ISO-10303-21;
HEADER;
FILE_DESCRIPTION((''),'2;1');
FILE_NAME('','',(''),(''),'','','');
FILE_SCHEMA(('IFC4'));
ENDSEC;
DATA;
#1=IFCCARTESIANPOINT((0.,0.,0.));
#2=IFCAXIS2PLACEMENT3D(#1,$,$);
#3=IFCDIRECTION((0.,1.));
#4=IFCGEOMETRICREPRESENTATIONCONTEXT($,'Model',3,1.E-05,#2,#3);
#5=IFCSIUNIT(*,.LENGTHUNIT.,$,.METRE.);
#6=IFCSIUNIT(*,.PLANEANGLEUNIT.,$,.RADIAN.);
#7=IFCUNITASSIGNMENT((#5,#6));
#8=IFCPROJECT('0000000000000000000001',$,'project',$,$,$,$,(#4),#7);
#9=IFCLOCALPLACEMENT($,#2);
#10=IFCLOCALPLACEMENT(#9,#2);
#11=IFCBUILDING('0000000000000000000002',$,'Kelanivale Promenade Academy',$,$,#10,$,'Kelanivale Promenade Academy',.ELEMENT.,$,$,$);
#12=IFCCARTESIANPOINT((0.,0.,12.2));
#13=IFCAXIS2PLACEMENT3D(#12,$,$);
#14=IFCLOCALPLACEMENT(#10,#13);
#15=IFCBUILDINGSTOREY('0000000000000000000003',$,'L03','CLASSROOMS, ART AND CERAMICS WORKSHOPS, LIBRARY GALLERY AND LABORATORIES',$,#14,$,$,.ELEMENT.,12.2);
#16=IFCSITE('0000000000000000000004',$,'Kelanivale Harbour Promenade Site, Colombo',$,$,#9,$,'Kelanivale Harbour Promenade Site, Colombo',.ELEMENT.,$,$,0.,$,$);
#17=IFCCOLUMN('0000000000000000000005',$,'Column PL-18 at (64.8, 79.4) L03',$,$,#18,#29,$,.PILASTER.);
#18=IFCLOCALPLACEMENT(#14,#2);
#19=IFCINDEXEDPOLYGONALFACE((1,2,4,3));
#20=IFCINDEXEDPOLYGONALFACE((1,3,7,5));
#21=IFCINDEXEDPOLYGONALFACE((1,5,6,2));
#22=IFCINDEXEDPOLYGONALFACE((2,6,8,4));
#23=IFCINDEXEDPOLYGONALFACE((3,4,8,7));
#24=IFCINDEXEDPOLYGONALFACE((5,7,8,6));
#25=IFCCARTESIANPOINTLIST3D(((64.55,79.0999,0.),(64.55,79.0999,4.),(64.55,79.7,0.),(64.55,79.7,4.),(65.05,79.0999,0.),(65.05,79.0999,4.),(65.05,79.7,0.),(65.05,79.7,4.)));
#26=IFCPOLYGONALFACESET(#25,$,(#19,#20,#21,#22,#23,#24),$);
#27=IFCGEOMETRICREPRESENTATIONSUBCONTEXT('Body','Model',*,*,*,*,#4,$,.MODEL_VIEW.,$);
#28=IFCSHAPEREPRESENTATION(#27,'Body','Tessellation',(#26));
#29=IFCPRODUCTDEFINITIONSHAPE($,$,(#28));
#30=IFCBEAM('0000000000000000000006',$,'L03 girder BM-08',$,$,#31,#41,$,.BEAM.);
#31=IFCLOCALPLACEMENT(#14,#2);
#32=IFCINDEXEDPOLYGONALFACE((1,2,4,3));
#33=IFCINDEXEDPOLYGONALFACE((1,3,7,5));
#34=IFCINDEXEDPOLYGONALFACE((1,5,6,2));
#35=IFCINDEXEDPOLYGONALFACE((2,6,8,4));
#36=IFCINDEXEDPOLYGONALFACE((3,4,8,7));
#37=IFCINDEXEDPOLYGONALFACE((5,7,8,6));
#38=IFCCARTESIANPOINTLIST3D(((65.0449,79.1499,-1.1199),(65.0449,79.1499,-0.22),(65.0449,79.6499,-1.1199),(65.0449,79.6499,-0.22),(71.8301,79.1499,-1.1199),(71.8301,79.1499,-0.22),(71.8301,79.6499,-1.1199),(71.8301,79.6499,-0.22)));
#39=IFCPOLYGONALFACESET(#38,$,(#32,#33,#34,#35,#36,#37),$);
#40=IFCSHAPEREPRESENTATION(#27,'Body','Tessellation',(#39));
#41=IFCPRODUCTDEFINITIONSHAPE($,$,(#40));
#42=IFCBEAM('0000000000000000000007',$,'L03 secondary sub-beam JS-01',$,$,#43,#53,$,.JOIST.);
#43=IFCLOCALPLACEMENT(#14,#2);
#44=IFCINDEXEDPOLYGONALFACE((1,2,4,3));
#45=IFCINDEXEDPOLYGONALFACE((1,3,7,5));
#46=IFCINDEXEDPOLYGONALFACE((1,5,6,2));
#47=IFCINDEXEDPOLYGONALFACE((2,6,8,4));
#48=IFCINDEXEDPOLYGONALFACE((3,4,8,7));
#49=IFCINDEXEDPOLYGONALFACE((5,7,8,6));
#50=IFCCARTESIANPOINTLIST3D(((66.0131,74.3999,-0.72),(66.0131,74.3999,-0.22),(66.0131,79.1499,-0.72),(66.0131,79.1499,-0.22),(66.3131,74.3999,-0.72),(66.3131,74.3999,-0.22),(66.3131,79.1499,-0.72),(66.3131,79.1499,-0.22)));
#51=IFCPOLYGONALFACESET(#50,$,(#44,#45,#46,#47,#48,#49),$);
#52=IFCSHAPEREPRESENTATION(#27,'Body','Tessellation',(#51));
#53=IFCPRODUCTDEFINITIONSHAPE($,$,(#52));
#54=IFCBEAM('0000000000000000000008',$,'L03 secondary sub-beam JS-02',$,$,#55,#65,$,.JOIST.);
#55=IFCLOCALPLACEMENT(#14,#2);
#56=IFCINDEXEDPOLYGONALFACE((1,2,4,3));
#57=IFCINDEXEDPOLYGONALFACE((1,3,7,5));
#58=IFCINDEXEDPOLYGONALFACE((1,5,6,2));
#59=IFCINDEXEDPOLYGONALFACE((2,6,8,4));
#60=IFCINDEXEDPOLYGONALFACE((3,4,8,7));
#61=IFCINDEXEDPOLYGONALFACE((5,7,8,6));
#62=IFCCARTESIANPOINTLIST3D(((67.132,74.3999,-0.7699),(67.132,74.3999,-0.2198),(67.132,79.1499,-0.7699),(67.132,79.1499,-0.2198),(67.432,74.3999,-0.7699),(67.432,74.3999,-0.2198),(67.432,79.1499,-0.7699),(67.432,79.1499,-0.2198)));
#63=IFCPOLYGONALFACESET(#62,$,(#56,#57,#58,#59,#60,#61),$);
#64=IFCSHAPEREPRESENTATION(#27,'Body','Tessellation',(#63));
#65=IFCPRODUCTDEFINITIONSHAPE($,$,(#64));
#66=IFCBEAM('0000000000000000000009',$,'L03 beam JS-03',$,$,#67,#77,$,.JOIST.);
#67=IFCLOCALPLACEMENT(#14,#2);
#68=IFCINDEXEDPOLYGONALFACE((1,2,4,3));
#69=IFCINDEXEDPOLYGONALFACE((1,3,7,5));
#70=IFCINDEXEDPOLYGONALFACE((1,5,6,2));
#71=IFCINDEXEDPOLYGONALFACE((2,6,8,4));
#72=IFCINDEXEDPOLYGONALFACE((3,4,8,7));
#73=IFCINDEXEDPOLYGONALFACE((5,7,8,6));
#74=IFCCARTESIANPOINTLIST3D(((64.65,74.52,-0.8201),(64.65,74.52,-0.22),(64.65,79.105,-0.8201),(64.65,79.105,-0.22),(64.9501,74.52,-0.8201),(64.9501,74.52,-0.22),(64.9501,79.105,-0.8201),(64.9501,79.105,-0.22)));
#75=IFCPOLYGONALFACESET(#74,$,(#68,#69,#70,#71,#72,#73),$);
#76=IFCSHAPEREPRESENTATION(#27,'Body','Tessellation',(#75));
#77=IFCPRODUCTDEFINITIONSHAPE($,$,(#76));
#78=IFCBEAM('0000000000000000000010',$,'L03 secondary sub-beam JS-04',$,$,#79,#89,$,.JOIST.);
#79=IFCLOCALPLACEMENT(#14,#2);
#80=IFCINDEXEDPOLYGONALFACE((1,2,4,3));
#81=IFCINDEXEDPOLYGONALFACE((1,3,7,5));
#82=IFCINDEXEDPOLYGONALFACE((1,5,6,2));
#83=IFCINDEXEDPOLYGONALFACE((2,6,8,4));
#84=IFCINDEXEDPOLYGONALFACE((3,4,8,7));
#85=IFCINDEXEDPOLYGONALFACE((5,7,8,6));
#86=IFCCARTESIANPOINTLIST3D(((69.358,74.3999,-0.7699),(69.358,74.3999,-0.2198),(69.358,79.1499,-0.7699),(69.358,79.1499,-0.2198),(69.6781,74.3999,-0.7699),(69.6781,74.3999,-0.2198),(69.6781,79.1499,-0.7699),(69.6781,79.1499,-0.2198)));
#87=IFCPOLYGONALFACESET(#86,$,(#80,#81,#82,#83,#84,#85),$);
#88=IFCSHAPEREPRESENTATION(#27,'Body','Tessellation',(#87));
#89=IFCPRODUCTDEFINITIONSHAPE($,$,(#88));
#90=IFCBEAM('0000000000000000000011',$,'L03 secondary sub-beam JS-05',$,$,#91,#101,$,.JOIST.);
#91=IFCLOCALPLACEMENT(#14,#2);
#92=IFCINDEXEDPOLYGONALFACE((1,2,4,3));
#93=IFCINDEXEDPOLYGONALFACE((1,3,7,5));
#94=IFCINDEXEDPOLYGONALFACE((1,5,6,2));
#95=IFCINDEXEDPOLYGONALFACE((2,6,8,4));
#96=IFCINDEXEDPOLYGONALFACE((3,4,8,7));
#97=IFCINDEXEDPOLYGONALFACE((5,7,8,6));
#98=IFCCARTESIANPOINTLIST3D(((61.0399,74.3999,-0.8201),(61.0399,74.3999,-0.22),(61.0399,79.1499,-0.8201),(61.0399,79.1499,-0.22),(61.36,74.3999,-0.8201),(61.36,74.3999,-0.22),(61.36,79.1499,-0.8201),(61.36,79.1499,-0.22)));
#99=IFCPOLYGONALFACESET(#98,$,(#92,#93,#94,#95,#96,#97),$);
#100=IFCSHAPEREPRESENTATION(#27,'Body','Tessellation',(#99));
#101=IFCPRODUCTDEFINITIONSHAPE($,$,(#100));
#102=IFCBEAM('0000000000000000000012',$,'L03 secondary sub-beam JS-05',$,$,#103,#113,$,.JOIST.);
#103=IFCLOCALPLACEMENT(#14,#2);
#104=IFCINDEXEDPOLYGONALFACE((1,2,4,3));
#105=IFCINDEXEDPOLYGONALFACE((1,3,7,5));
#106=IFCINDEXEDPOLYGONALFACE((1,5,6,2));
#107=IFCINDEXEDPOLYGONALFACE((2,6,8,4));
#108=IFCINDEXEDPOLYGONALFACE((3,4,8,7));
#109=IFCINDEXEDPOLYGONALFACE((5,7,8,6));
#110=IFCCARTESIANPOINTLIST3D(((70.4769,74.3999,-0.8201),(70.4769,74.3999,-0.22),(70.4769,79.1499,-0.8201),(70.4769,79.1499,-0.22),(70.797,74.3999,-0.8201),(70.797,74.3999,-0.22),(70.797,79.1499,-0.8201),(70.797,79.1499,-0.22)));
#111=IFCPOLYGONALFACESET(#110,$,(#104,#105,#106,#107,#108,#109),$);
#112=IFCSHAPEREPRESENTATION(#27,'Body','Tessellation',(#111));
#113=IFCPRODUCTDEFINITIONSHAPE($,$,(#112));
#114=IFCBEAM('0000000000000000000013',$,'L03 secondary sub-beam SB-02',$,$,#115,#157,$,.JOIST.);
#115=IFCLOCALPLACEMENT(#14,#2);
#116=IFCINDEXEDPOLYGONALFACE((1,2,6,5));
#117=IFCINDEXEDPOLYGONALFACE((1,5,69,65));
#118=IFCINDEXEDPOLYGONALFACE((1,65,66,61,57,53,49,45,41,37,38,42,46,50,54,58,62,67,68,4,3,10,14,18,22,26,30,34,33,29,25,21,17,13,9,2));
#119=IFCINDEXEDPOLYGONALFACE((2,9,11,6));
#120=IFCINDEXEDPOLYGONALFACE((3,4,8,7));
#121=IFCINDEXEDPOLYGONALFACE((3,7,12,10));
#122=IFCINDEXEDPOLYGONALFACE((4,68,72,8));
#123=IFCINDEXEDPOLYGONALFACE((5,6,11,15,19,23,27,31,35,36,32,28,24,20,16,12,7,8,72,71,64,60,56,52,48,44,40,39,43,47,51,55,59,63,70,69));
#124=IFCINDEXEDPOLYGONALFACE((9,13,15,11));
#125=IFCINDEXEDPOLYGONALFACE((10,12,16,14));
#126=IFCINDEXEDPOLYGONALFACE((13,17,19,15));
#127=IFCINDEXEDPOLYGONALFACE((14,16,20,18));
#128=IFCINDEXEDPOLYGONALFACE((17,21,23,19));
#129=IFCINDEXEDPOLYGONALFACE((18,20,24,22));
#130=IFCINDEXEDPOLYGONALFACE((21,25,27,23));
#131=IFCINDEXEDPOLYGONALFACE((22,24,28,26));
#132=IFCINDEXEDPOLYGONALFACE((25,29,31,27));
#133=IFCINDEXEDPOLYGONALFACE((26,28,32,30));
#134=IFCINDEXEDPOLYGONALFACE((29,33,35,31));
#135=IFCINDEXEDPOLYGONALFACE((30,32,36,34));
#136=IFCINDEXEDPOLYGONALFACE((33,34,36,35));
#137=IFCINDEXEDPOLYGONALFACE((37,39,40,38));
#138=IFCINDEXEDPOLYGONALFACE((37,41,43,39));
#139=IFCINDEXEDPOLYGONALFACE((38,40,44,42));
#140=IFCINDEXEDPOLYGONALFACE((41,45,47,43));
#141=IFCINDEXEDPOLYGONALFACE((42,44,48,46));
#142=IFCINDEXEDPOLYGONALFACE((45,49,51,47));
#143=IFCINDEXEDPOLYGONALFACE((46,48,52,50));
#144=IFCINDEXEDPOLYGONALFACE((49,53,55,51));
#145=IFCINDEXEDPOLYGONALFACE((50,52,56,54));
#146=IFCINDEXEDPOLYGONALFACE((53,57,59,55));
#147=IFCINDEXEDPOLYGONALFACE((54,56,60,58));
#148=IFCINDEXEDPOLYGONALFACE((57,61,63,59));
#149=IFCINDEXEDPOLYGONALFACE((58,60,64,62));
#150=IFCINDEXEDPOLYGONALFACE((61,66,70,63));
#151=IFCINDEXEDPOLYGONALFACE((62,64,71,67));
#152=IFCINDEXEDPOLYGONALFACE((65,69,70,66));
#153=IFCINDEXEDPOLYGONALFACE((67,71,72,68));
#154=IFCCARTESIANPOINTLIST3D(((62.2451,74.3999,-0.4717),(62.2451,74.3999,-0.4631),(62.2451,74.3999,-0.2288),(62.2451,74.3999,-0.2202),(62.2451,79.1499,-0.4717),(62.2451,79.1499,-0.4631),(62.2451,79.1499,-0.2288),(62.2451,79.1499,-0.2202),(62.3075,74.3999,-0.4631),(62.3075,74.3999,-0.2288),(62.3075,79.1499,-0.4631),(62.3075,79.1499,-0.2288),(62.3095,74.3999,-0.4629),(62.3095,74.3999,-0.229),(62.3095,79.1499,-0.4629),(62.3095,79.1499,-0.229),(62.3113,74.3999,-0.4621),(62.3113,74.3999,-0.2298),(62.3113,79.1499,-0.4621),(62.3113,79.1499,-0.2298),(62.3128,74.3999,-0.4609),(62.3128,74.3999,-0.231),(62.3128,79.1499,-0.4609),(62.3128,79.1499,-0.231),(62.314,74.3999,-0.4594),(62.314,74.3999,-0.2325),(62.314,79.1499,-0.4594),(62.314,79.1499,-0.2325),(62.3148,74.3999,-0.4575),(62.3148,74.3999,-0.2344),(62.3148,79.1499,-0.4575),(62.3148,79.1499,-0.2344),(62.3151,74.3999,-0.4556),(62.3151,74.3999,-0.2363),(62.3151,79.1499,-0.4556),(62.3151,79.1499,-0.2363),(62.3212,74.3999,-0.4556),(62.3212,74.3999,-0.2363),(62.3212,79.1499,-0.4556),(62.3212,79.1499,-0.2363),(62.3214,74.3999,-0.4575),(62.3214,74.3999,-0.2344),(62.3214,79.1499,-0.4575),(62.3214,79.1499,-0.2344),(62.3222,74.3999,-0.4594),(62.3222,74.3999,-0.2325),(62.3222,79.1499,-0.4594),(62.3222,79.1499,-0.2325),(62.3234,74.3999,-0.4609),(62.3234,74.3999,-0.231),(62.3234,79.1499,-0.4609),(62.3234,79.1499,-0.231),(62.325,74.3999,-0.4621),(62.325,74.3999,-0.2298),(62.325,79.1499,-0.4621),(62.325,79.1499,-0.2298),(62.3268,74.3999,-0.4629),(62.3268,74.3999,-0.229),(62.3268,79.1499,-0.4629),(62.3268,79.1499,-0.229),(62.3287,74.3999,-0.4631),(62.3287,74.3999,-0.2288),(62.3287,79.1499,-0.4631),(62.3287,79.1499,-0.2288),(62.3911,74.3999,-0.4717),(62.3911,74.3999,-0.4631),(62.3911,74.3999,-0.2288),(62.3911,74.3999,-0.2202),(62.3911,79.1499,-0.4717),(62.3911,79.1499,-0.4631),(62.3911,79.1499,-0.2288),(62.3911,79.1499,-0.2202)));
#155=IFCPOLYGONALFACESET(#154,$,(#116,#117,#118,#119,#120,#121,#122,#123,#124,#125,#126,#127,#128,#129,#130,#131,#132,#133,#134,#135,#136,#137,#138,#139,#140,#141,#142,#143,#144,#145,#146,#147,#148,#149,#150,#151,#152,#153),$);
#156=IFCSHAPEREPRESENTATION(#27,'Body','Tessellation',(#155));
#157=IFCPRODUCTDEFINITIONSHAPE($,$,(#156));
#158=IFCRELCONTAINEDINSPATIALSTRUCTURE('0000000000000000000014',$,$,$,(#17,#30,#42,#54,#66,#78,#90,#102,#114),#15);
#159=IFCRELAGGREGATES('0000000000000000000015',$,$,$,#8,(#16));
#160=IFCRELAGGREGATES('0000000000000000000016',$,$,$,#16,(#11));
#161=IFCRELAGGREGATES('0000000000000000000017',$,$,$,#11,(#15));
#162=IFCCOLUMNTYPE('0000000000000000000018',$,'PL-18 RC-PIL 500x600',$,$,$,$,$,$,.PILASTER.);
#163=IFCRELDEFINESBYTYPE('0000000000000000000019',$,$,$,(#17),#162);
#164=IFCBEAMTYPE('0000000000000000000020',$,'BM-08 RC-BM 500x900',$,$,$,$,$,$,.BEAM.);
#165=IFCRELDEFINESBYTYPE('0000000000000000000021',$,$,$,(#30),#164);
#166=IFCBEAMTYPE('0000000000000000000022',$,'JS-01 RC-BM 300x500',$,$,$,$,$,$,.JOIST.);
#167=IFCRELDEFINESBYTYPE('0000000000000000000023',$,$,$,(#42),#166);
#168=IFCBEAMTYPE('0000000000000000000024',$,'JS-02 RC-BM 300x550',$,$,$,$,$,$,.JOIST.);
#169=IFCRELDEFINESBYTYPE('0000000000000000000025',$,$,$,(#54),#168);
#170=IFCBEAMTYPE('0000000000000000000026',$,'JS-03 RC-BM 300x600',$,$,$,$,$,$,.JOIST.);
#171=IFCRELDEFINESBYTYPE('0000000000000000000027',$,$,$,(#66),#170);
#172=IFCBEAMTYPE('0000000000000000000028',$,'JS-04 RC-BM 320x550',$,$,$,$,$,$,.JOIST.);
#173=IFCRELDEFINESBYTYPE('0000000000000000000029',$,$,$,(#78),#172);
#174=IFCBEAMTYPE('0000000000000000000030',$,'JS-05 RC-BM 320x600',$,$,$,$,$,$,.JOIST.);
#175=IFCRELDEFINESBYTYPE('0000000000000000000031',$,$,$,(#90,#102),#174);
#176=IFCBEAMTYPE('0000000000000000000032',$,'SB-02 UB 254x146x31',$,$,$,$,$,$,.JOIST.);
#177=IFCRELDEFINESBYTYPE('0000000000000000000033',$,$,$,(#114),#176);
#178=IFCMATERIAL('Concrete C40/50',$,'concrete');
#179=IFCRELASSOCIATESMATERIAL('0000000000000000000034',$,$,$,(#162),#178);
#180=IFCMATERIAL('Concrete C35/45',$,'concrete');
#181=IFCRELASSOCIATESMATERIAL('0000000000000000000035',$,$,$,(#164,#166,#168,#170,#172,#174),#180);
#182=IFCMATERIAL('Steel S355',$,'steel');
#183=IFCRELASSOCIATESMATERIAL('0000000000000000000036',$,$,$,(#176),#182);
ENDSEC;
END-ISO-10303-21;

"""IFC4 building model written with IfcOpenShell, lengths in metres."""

from ifc_helpers import new_model, si_unit, direction, frame, origin, origin_2d, place, context, subcontext, project, spatial, rectangle, i_section, extrude, material, material_profile, profile_set, type_object, element, save


model = new_model("IFC4")

# Units and contexts
model_context = context("Model", 3, precision=1e-05, world=origin(), true_north=direction((0.0, 1.0)))
body_context = subcontext(model_context, "Body", "Model", "MODEL_VIEW")
ifc_project = project(units=[si_unit("LENGTHUNIT", "METRE"), si_unit("PLANEANGLEUNIT", "RADIAN")], contexts=[model_context])

# Site, building, storey
site_placement = place(None, origin())
site = spatial("IfcSite", under=ifc_project, at=site_placement, Name="Kelanivale Harbour Promenade Site, Colombo", LongName="Kelanivale Harbour Promenade Site, Colombo", CompositionType="ELEMENT", RefElevation=0.0)
building_placement = place(site_placement, origin())
building = spatial("IfcBuilding", under=site, at=building_placement, Name="Kelanivale Promenade Academy", LongName="Kelanivale Promenade Academy", CompositionType="ELEMENT")
storey_placement = place(building_placement, frame((0.0, 0.0, 12.2)))
storey = spatial("IfcBuildingStorey", under=building, at=storey_placement, Name="L03", Description="CLASSROOMS, ART AND CERAMICS WORKSHOPS, LIBRARY GALLERY AND LABORATORIES", CompositionType="ELEMENT", Elevation=12.2)

# Column
ifc_material_1 = material(Name="Concrete C40/50", Category="concrete")
ifc_material_profile_1 = material_profile(ifc_material_1, rectangle(XDim=0.5, YDim=0.6001, at=origin_2d()), Name="RC-PIL 500x600")
ifc_profile_set_1 = profile_set([ifc_material_profile_1], Name="Concrete C40/50")
column_type = type_object("IfcColumnType", Name="PL-18 RC-PIL 500x600", PredefinedType="PILASTER", material=ifc_profile_set_1)
column_placement = place(storey_placement, frame((64.8, 79.3999, 0.0), z_axis=(0.0, 0.0, 1.0), x_axis=(1.0, 0.0, 0.0)))
element("IfcColumn", 1, at=column_placement, inside=storey, type_object=column_type, Name="Column PL-18 at (64.8, 79.4) L03", PredefinedType="PILASTER", context=body_context, shape_type="SweptSolid", body=[
    extrude(rectangle(XDim=0.5, YDim=0.6001, at=origin_2d()), origin(), (0.0, 0.0, 1.0), 4.0),
])

# Beams
ifc_material_2 = material(Name="Concrete C35/45", Category="concrete")
ifc_material_profile_2 = material_profile(ifc_material_2, rectangle(XDim=0.5, YDim=0.8999, at=origin_2d()), Name="RC-BM 500x900")
ifc_profile_set_2 = profile_set([ifc_material_profile_2], Name="Concrete C35/45")
beam_type_1 = type_object("IfcBeamType", Name="BM-08 RC-BM 500x900", PredefinedType="BEAM", material=ifc_profile_set_2)
beam_1_placement = place(storey_placement, frame((65.0449, 79.3999, -0.6699), z_axis=(1.0, 0.0, 0.0), x_axis=(0.0, 1.0, 0.0)))
element("IfcBeam", 2, at=beam_1_placement, inside=storey, type_object=beam_type_1, Name="L03 girder BM-08", PredefinedType="BEAM", context=body_context, shape_type="SweptSolid", body=[
    extrude(rectangle(XDim=0.5, YDim=0.8999, at=origin_2d()), origin(), (0.0, 0.0, 1.0), 6.7852),
])
ifc_material_profile_3 = material_profile(ifc_material_2, rectangle(XDim=0.3, YDim=0.5, at=origin_2d()), Name="RC-BM 300x500")
ifc_profile_set_3 = profile_set([ifc_material_profile_3], Name="Concrete C35/45")
beam_type_2 = type_object("IfcBeamType", Name="JS-01 RC-BM 300x500", PredefinedType="JOIST", material=ifc_profile_set_3)
beam_2_placement = place(storey_placement, frame((66.1631, 74.3999, -0.47), z_axis=(0.0, 1.0, 0.0), x_axis=(-1.0, 0.0, 0.0)))
element("IfcBeam", 3, at=beam_2_placement, inside=storey, type_object=beam_type_2, Name="L03 secondary sub-beam JS-01", PredefinedType="JOIST", context=body_context, shape_type="SweptSolid", body=[
    extrude(rectangle(XDim=0.3, YDim=0.5, at=origin_2d()), origin(), (0.0, 0.0, 1.0), 4.75),
])
ifc_material_profile_4 = material_profile(ifc_material_2, rectangle(XDim=0.3, YDim=0.55, at=origin_2d()), Name="RC-BM 300x550")
ifc_profile_set_4 = profile_set([ifc_material_profile_4], Name="Concrete C35/45")
beam_type_3 = type_object("IfcBeamType", Name="JS-02 RC-BM 300x550", PredefinedType="JOIST", material=ifc_profile_set_4)
beam_3_placement = place(storey_placement, frame((67.282, 74.3999, -0.4949), z_axis=(0.0, 1.0, 0.0), x_axis=(-1.0, 0.0, 0.0)))
element("IfcBeam", 4, at=beam_3_placement, inside=storey, type_object=beam_type_3, Name="L03 secondary sub-beam JS-02", PredefinedType="JOIST", context=body_context, shape_type="SweptSolid", body=[
    extrude(rectangle(XDim=0.3, YDim=0.55, at=origin_2d()), origin(), (0.0, 0.0, 1.0), 4.75),
])
ifc_material_profile_5 = material_profile(ifc_material_2, rectangle(XDim=0.3, YDim=0.6001, at=origin_2d()), Name="RC-BM 300x600")
ifc_profile_set_5 = profile_set([ifc_material_profile_5], Name="Concrete C35/45")
beam_type_4 = type_object("IfcBeamType", Name="JS-03 RC-BM 300x600", PredefinedType="JOIST", material=ifc_profile_set_5)
beam_4_placement = place(storey_placement, frame((64.8, 74.52, -0.52), z_axis=(0.0, 1.0, 0.0), x_axis=(-1.0, 0.0, 0.0)))
element("IfcBeam", 5, at=beam_4_placement, inside=storey, type_object=beam_type_4, Name="L03 beam JS-03", PredefinedType="JOIST", context=body_context, shape_type="SweptSolid", body=[
    extrude(rectangle(XDim=0.3, YDim=0.6001, at=origin_2d()), origin(), (0.0, 0.0, 1.0), 4.585),
])
ifc_material_profile_6 = material_profile(ifc_material_2, rectangle(XDim=0.3201, YDim=0.55, at=origin_2d()), Name="RC-BM 320x550")
ifc_profile_set_6 = profile_set([ifc_material_profile_6], Name="Concrete C35/45")
beam_type_5 = type_object("IfcBeamType", Name="JS-04 RC-BM 320x550", PredefinedType="JOIST", material=ifc_profile_set_6)
beam_5_placement = place(storey_placement, frame((69.5181, 74.3999, -0.4949), z_axis=(0.0, 1.0, 0.0), x_axis=(-1.0, 0.0, 0.0)))
element("IfcBeam", 6, at=beam_5_placement, inside=storey, type_object=beam_type_5, Name="L03 secondary sub-beam JS-04", PredefinedType="JOIST", context=body_context, shape_type="SweptSolid", body=[
    extrude(rectangle(XDim=0.3201, YDim=0.55, at=origin_2d()), origin(), (0.0, 0.0, 1.0), 4.75),
])
ifc_material_profile_7 = material_profile(ifc_material_2, rectangle(XDim=0.3201, YDim=0.6001, at=origin_2d()), Name="RC-BM 320x600")
ifc_profile_set_7 = profile_set([ifc_material_profile_7], Name="Concrete C35/45")
beam_type_6 = type_object("IfcBeamType", Name="JS-05 RC-BM 320x600", PredefinedType="JOIST", material=ifc_profile_set_7)
for number, where, z_axis, x_axis, name in (
    (7, (61.2, 74.3999, -0.52), (0.0, 1.0, 0.0), (-1.0, 0.0, 0.0), "L03 secondary sub-beam JS-05"),
    (8, (70.637, 74.3999, -0.52), (0.0, 1.0, 0.0), (-1.0, 0.0, 0.0), "L03 secondary sub-beam JS-05"),
):
    element("IfcBeam", number, at=place(storey_placement, frame(where, z_axis=z_axis, x_axis=x_axis)), inside=storey, type_object=beam_type_6, Name=name, PredefinedType="JOIST", context=body_context, shape_type="SweptSolid", body=[
        extrude(rectangle(XDim=0.3201, YDim=0.6001, at=origin_2d()), origin(), (0.0, 0.0, 1.0), 4.75),
    ])
ifc_material_3 = material(Name="Steel S355", Category="steel")
ifc_material_profile_8 = material_profile(ifc_material_3, i_section(OverallWidth=0.146, OverallDepth=0.2515, WebThickness=0.0061, FlangeThickness=0.0085, FilletRadius=0.0076, at=origin_2d()), Name="UB 254x146x31")
ifc_profile_set_8 = profile_set([ifc_material_profile_8], Name="Steel S355")
beam_type_7 = type_object("IfcBeamType", Name="SB-02 UB 254x146x31", PredefinedType="JOIST", material=ifc_profile_set_8)
beam_6_placement = place(storey_placement, frame((62.3181, 74.3999, -0.3459), z_axis=(0.0, 1.0, 0.0), x_axis=(-1.0, 0.0, 0.0)))
element("IfcBeam", 9, at=beam_6_placement, inside=storey, type_object=beam_type_7, Name="L03 secondary sub-beam SB-02", PredefinedType="JOIST", context=body_context, shape_type="SweptSolid", body=[
    extrude(i_section(OverallWidth=0.146, OverallDepth=0.2515, WebThickness=0.0061, FlangeThickness=0.0085, FilletRadius=0.0076, at=origin_2d()), origin(), (0.0, 0.0, 1.0), 4.75),
])

save(model, "model.ifc")
